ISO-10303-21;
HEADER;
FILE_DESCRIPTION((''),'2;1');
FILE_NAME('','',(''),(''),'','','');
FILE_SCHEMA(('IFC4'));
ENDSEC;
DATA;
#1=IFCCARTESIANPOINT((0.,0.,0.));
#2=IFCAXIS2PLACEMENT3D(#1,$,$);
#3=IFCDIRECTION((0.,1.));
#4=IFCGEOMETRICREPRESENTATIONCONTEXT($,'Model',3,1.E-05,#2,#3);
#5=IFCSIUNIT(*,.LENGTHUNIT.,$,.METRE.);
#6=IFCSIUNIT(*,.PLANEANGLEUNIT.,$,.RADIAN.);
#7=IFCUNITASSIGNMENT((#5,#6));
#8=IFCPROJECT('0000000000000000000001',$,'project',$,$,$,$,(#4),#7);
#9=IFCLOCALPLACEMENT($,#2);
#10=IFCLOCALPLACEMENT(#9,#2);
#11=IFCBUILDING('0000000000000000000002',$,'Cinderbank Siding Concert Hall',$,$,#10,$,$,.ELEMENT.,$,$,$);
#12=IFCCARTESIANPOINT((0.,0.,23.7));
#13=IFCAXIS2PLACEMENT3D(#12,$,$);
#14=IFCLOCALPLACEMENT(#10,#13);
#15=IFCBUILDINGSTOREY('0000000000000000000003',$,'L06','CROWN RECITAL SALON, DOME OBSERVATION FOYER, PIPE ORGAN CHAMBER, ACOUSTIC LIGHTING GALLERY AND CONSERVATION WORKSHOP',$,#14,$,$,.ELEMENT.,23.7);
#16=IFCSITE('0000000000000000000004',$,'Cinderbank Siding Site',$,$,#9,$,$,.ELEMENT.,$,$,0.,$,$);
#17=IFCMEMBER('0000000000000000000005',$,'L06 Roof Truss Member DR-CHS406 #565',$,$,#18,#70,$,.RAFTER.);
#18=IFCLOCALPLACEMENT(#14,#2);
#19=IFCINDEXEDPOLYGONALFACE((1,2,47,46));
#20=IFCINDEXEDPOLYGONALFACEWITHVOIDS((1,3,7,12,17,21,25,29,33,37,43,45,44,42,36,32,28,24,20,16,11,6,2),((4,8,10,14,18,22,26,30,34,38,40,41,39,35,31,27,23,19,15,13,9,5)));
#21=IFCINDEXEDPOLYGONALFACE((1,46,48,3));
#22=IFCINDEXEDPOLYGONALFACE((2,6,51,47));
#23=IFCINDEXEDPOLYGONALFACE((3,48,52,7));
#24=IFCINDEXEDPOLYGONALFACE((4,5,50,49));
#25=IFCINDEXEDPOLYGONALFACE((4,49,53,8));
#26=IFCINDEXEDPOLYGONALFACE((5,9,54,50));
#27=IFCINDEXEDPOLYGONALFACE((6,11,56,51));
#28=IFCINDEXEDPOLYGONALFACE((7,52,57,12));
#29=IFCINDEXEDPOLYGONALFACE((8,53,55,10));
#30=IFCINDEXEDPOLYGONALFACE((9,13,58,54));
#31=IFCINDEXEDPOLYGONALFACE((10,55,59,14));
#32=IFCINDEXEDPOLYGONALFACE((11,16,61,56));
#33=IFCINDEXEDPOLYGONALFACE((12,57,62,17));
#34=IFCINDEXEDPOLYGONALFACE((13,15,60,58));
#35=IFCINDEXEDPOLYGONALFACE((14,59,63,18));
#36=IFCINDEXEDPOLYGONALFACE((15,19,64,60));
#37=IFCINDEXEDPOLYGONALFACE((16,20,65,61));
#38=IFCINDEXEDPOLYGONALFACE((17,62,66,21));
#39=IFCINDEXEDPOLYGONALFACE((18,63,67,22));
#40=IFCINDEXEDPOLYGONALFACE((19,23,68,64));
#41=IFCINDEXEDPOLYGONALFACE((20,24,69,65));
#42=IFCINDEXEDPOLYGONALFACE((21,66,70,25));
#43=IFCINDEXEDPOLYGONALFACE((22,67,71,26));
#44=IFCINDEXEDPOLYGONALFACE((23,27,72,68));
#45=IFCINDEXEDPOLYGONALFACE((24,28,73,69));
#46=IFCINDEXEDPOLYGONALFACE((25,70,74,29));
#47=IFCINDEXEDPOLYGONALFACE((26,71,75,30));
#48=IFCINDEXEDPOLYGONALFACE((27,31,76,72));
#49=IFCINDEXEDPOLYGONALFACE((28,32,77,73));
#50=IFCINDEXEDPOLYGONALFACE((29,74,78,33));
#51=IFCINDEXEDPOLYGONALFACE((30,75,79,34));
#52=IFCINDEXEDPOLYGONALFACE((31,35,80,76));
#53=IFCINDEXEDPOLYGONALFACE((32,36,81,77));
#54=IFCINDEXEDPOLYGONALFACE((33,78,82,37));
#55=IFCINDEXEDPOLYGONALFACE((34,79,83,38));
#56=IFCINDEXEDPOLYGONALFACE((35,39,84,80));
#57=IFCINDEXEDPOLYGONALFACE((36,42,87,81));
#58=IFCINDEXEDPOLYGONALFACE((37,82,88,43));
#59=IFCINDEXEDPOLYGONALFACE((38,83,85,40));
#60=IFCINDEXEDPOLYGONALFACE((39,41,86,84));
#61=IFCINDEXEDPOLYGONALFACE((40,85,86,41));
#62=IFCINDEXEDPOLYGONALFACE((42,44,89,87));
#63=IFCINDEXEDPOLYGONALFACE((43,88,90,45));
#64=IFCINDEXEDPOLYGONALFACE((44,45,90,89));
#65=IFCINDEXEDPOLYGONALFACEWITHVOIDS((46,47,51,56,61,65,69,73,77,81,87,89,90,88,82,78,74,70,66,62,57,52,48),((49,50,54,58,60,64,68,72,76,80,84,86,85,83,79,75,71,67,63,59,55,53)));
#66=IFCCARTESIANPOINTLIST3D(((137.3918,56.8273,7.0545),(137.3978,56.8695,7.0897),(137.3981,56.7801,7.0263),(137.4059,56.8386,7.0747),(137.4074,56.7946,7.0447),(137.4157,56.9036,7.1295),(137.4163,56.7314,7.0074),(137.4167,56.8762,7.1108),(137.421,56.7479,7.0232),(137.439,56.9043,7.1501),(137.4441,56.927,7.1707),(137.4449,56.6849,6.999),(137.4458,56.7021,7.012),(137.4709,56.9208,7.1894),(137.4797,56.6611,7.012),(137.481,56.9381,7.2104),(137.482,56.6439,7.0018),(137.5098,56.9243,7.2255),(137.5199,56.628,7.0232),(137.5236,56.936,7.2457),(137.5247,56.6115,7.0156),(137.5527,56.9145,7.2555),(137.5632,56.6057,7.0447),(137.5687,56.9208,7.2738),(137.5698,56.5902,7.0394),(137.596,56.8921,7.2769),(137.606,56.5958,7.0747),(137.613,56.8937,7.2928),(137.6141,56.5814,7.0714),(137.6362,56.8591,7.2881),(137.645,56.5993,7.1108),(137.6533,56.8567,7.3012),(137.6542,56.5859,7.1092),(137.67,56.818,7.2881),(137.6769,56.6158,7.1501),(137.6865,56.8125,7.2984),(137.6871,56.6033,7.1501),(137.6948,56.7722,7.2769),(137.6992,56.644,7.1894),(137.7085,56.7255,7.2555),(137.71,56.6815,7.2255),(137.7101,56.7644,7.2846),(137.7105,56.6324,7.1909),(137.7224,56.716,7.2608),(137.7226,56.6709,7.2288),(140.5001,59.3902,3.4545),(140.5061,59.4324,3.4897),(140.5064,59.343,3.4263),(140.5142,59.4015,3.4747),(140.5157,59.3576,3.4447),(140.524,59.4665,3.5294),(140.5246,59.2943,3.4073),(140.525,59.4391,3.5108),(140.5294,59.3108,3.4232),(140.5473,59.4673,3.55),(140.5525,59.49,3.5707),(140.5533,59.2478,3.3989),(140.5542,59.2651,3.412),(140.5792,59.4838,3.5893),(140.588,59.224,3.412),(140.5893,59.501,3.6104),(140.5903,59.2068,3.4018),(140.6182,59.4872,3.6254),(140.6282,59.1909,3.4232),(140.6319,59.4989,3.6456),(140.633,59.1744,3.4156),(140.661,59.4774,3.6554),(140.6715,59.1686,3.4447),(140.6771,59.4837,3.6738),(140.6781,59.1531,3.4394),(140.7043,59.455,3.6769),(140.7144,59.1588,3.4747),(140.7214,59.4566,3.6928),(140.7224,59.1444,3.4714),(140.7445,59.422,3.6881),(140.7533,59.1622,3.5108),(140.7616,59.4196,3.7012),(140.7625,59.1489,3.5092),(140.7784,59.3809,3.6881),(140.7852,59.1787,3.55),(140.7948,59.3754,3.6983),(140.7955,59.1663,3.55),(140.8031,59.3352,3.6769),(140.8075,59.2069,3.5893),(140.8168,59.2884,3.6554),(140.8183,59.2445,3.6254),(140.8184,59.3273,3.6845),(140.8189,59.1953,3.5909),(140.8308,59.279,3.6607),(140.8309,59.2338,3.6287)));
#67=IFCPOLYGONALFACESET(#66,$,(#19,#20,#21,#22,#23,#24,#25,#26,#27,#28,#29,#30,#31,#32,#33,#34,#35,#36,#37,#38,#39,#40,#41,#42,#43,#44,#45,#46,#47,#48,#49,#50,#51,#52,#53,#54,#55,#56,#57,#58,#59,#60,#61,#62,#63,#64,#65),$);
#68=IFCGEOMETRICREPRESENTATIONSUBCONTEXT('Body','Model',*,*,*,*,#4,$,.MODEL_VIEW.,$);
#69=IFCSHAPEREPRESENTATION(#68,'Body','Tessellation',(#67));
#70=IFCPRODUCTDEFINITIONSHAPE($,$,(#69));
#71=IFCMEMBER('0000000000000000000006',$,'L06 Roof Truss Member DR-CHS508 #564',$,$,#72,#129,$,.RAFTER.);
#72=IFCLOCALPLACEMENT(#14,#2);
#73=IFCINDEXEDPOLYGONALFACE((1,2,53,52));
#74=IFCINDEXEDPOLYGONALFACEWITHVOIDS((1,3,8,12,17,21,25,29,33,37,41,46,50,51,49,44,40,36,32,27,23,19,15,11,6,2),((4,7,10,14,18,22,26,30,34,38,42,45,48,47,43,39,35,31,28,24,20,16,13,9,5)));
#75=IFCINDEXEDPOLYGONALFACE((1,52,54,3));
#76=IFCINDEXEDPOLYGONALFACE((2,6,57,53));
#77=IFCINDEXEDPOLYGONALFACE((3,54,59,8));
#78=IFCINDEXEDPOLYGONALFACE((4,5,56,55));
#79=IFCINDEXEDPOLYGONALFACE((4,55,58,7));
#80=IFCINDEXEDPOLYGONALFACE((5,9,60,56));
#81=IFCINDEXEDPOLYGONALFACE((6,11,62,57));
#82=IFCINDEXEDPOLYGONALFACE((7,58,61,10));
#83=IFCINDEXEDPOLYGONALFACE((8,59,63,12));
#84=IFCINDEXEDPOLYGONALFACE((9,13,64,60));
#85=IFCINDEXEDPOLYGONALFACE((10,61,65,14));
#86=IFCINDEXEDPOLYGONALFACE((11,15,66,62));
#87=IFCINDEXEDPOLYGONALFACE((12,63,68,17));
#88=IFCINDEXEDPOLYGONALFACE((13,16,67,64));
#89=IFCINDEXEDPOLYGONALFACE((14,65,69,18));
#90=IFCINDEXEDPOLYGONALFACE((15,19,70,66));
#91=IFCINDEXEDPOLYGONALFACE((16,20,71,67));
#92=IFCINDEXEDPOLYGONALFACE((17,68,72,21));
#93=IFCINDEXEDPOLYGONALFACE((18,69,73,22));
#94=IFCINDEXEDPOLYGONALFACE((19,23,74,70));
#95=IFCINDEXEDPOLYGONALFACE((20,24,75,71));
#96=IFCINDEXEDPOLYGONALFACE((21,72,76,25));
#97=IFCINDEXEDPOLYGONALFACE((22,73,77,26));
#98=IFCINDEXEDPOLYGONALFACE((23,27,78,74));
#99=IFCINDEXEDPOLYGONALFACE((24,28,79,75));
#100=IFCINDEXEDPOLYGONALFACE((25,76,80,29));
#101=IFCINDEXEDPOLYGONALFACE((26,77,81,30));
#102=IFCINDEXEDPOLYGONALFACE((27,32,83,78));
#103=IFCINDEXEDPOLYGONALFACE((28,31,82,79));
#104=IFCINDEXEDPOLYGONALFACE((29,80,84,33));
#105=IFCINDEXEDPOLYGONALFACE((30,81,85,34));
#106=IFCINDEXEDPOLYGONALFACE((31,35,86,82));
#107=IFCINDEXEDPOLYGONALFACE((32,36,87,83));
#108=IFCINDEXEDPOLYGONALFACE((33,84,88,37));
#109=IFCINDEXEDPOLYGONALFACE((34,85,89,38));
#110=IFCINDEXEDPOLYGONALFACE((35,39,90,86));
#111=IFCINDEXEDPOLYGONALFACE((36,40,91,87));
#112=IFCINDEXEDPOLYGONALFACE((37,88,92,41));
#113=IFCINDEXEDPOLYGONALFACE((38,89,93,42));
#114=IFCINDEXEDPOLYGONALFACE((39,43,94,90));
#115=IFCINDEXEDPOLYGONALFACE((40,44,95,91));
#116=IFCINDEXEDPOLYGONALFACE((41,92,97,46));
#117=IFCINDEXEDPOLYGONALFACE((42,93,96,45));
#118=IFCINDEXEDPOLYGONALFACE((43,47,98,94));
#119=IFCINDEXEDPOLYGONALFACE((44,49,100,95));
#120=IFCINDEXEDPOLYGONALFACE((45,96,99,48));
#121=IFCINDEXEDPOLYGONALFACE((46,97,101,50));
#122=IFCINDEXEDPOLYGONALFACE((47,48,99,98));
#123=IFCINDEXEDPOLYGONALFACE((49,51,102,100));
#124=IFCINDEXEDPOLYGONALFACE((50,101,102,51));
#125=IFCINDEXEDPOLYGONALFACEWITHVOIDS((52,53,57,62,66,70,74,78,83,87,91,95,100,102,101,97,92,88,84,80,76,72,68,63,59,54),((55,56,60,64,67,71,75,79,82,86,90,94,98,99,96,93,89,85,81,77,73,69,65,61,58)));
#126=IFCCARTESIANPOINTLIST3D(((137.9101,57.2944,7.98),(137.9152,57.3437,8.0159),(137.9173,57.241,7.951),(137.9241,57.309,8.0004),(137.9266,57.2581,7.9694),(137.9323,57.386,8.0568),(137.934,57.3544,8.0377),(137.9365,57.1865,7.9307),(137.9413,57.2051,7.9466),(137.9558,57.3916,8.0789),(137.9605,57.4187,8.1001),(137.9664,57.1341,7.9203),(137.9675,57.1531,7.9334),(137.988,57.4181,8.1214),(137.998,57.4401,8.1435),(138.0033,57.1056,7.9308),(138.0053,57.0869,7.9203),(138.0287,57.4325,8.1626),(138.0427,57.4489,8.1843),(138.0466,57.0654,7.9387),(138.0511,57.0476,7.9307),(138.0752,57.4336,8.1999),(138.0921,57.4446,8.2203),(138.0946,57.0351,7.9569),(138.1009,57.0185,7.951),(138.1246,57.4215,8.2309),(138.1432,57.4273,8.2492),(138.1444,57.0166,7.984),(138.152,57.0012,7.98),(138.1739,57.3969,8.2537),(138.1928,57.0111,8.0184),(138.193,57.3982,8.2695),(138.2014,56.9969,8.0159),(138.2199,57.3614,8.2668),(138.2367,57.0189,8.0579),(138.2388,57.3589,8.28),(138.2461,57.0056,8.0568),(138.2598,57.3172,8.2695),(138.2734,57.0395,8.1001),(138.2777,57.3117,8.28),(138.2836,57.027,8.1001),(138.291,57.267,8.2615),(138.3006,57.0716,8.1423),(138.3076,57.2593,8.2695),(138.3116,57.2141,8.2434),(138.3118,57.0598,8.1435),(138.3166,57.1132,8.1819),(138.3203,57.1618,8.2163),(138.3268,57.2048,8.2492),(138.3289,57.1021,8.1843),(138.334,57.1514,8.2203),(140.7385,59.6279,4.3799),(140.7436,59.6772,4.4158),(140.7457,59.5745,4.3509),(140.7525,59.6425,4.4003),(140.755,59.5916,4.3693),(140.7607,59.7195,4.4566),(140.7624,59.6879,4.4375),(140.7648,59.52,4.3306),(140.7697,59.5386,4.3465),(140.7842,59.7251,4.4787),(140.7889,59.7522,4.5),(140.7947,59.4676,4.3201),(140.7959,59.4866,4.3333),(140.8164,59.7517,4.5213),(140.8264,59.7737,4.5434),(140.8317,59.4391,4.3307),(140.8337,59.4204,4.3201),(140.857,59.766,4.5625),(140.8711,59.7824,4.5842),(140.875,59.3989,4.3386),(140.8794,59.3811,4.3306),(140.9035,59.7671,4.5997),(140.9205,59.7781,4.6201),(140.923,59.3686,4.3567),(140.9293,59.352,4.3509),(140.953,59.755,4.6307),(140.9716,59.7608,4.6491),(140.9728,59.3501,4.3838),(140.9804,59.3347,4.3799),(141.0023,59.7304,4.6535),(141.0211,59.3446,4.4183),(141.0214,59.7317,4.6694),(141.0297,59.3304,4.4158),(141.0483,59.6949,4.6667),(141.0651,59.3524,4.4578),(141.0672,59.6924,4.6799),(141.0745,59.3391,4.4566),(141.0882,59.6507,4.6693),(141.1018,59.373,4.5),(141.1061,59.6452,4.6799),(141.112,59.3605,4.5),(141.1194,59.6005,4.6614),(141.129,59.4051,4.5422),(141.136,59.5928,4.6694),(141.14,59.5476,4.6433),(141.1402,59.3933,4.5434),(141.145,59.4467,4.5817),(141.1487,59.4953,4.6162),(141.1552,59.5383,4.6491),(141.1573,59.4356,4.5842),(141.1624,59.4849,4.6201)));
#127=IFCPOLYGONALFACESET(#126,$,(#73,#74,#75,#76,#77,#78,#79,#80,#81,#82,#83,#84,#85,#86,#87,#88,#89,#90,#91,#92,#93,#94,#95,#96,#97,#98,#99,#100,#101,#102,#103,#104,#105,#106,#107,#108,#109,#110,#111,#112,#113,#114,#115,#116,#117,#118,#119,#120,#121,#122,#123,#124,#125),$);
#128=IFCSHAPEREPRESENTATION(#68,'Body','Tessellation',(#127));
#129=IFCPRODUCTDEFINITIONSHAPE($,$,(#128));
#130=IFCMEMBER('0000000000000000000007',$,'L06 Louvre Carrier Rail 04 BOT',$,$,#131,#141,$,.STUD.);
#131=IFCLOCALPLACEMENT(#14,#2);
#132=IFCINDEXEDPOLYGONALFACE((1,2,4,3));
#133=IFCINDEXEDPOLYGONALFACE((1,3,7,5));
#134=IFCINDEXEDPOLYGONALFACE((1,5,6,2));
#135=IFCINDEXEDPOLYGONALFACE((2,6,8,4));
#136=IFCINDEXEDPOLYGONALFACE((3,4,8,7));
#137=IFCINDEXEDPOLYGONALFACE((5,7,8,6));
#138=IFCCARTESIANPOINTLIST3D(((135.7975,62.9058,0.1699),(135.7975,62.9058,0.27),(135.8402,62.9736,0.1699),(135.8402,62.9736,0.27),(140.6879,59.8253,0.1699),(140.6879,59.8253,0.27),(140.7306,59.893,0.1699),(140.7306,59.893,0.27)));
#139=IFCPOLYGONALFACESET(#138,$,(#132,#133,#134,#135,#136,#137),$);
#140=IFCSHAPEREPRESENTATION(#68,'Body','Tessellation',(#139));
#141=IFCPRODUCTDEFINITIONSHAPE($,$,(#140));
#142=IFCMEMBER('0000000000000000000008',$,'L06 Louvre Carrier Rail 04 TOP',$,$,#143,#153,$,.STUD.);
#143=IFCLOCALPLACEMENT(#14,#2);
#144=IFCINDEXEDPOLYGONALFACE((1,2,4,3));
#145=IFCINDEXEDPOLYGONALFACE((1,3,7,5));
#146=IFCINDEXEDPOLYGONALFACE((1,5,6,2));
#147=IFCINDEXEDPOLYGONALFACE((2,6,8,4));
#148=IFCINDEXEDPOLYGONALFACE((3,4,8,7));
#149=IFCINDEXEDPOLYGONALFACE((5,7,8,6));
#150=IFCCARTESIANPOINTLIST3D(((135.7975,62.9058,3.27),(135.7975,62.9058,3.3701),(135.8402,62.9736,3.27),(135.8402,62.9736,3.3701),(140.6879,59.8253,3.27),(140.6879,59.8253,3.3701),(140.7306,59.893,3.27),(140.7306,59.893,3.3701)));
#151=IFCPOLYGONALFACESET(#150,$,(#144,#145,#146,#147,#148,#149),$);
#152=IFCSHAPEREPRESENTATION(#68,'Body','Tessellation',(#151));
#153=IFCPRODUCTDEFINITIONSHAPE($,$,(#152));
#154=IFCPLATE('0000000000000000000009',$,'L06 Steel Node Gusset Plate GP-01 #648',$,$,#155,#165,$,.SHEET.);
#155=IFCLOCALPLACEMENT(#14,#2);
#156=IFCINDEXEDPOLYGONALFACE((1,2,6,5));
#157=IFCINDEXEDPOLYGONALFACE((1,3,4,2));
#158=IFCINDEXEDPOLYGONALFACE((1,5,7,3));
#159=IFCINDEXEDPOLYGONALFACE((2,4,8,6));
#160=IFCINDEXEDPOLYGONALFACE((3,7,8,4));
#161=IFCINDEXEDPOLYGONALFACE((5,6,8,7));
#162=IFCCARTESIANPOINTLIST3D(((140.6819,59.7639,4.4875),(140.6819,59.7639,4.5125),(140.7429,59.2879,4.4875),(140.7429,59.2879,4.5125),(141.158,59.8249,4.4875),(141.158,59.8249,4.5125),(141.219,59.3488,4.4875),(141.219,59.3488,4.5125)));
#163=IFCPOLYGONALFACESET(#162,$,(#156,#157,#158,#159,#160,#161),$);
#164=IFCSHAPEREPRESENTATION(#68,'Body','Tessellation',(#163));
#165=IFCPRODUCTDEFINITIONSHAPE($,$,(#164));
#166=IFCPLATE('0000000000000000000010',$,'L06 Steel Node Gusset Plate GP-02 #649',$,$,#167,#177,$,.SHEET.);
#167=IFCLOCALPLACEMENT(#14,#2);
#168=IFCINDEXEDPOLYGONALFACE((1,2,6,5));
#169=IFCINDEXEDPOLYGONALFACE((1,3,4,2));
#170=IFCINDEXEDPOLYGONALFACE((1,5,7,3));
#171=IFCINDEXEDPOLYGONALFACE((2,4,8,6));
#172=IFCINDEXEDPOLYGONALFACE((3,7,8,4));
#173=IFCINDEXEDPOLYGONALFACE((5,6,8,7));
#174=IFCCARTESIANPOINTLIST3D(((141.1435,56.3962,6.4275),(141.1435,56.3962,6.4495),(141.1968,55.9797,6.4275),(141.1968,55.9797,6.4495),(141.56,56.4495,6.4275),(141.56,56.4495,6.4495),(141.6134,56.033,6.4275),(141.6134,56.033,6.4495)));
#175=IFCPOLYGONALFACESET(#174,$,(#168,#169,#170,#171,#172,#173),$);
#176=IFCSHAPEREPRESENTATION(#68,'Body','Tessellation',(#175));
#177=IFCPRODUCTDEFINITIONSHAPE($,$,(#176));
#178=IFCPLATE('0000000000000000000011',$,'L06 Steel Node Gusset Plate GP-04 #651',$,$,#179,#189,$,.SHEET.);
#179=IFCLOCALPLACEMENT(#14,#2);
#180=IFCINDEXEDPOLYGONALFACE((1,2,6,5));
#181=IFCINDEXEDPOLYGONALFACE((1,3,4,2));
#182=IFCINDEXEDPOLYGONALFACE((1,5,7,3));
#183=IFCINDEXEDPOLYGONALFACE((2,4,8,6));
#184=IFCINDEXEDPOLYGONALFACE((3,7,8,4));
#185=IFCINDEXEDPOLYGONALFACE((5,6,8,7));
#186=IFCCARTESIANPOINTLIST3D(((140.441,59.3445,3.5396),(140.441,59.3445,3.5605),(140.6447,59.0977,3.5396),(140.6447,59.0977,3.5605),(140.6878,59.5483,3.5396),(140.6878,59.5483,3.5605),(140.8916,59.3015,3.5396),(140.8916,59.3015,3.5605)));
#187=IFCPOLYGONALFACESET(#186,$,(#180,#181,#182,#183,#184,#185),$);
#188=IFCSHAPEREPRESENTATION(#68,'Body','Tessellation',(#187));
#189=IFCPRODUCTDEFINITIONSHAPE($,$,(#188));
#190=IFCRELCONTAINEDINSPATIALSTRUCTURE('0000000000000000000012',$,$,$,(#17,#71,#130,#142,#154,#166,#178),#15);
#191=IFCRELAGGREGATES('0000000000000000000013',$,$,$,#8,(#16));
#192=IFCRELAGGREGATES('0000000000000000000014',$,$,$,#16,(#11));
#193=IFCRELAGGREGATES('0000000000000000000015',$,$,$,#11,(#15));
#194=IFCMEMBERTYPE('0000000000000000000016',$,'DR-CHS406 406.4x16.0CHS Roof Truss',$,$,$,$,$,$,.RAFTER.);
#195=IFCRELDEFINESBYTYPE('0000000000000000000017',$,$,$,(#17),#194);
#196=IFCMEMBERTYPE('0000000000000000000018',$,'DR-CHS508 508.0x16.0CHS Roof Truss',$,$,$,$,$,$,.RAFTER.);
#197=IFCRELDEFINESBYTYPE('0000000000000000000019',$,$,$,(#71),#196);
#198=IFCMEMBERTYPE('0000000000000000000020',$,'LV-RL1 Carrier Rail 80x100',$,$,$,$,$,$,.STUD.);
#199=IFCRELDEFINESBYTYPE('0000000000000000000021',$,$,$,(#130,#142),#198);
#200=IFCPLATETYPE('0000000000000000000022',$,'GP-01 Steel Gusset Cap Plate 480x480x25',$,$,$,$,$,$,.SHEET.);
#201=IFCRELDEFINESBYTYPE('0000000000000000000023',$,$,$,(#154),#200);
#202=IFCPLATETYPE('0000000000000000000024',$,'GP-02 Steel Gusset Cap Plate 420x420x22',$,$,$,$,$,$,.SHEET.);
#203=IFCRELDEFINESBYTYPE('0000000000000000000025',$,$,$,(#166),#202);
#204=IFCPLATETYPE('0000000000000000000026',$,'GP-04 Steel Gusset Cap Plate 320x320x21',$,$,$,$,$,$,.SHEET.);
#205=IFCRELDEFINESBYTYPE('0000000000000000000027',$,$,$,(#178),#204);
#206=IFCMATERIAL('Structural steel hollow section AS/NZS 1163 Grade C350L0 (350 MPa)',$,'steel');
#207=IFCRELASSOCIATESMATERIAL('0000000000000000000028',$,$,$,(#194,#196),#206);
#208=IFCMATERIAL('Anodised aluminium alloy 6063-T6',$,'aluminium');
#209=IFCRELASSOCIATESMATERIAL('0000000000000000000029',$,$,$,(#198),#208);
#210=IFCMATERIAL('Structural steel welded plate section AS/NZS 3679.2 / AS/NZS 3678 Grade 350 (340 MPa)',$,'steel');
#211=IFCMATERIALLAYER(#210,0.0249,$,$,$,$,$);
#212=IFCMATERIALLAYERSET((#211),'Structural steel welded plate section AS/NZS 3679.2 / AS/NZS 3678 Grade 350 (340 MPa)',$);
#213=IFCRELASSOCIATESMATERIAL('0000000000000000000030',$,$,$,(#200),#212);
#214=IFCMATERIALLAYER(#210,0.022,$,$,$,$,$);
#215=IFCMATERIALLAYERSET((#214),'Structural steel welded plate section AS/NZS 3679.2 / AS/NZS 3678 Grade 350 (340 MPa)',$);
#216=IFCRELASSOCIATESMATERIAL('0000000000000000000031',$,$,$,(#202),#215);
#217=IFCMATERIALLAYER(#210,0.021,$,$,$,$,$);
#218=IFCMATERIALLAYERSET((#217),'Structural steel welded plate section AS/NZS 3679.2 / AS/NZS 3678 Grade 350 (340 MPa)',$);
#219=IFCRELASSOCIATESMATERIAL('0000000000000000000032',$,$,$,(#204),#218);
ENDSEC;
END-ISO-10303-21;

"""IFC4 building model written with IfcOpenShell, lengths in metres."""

from ifc_helpers import new_model, si_unit, direction, frame, origin, origin_2d, place, context, subcontext, project, spatial, rectangle, hollow_circle, extrude, material, layer, layer_set, material_profile, profile_set, type_object, element, save


model = new_model("IFC4")

# Units and contexts
model_context = context("Model", 3, precision=1e-05, world=origin(), true_north=direction((0.0, 1.0)))
body_context = subcontext(model_context, "Body", "Model", "MODEL_VIEW")
ifc_project = project(units=[si_unit("LENGTHUNIT", "METRE"), si_unit("PLANEANGLEUNIT", "RADIAN")], contexts=[model_context])

# Site, building, storey
site_placement = place(None, origin())
site = spatial("IfcSite", under=ifc_project, at=site_placement, Name="Cinderbank Siding Site", CompositionType="ELEMENT", RefElevation=0.0)
building_placement = place(site_placement, origin())
building = spatial("IfcBuilding", under=site, at=building_placement, Name="Cinderbank Siding Concert Hall", CompositionType="ELEMENT")
storey_placement = place(building_placement, frame((0.0, 0.0, 23.7)))
storey = spatial("IfcBuildingStorey", under=building, at=storey_placement, Name="L06", Description="CROWN RECITAL SALON, DOME OBSERVATION FOYER, PIPE ORGAN CHAMBER, ACOUSTIC LIGHTING GALLERY AND CONSERVATION WORKSHOP", CompositionType="ELEMENT", Elevation=23.7)

# Members
ifc_material_1 = material(Name="Structural steel hollow section AS/NZS 1163 Grade C350L0 (350 MPa)", Category="steel")
ifc_material_profile_1 = material_profile(ifc_material_1, hollow_circle(Radius=0.2031, WallThickness=0.0161, at=origin_2d()), Name="406.4x16.0CHS", Category="LoadBearing")
ifc_profile_set_1 = profile_set([ifc_material_profile_1], Name="Structural steel hollow section AS/NZS 1163 Grade C350L0 (350 MPa)")
member_type_1 = type_object("IfcMemberType", Name="DR-CHS406 406.4x16.0CHS Roof Truss", PredefinedType="RAFTER", material=ifc_profile_set_1)
member_1_placement = place(storey_placement, frame((140.6663, 59.323, 3.55), z_axis=(-0.575316, -0.474369, 0.666322), x_axis=(0.63617, -0.771549, 0.0)))
element("IfcMember", 1, at=member_1_placement, inside=storey, type_object=member_type_1, Name="L06 Roof Truss Member DR-CHS406 #565", PredefinedType="RAFTER", context=body_context, shape_type="SweptSolid", body=[
    extrude(hollow_circle(Radius=0.2031, WallThickness=0.0161, at=origin_2d()), origin(), (0.0, 0.0, 1.0), 5.4028),
])
ifc_material_profile_2 = material_profile(ifc_material_1, hollow_circle(Radius=0.2539, WallThickness=0.0161, at=origin_2d()), Name="508.0x16.0CHS", Category="LoadBearing")
ifc_profile_set_2 = profile_set([ifc_material_profile_2], Name="Structural steel hollow section AS/NZS 1163 Grade C350L0 (350 MPa)")
member_type_2 = type_object("IfcMemberType", Name="DR-CHS508 508.0x16.0CHS Roof Truss", PredefinedType="RAFTER", material=ifc_profile_set_2)
member_2_placement = place(storey_placement, frame((140.9504, 59.5564, 4.5), z_axis=(-0.550412, -0.454108, 0.700594), x_axis=(0.636398, -0.771361, 0.0)))
element("IfcMember", 2, at=member_2_placement, inside=storey, type_object=member_type_2, Name="L06 Roof Truss Member DR-CHS508 #564", PredefinedType="RAFTER", context=body_context, shape_type="SweptSolid", body=[
    extrude(hollow_circle(Radius=0.2539, WallThickness=0.0161, at=origin_2d()), origin(), (0.0, 0.0, 1.0), 5.1387),
])
ifc_material_2 = material(Name="Anodised aluminium alloy 6063-T6", Category="aluminium")
ifc_material_profile_3 = material_profile(ifc_material_2, rectangle(XDim=0.0801, YDim=0.1001, at=origin_2d()), Name="ALU-RAIL-80x100", Category="LoadBearing")
ifc_profile_set_3 = profile_set([ifc_material_profile_3], Name="Anodised aluminium alloy 6063-T6")
member_type_3 = type_object("IfcMemberType", Name="LV-RL1 Carrier Rail 80x100", PredefinedType="STUD", material=ifc_profile_set_3)
for number, where, z_axis, x_axis, name in (
    (3, (140.7092, 59.8591, 0.22), (-0.846121, 0.532991, 0.0), (-0.532991, -0.846121, 0.0), "L06 Louvre Carrier Rail 04 BOT"),
    (4, (140.7092, 59.8591, 3.3201), (-0.846121, 0.532991, 0.0), (-0.532991, -0.846121, 0.0), "L06 Louvre Carrier Rail 04 TOP"),
):
    element("IfcMember", number, at=place(storey_placement, frame(where, z_axis=z_axis, x_axis=x_axis)), inside=storey, type_object=member_type_3, Name=name, PredefinedType="STUD", context=body_context, shape_type="SweptSolid", body=[
        extrude(rectangle(XDim=0.0801, YDim=0.1001, at=origin_2d()), origin(), (0.0, 0.0, 1.0), 5.7798),
    ])

# Plates
ifc_material_3 = material(Name="Structural steel welded plate section AS/NZS 3679.2 / AS/NZS 3678 Grade 350 (340 MPa)", Category="steel")
ifc_layer_1 = layer(ifc_material_3, 0.0249)
ifc_layer_set_1 = layer_set([ifc_layer_1], Name="Structural steel welded plate section AS/NZS 3679.2 / AS/NZS 3678 Grade 350 (340 MPa)")
plate_type_1 = type_object("IfcPlateType", Name="GP-01 Steel Gusset Cap Plate 480x480x25", PredefinedType="SHEET", material=ifc_layer_set_1)
plate_1_placement = place(storey_placement, frame((140.9504, 59.5564, 4.4875), z_axis=(0.0, 0.0, 1.0), x_axis=(0.127065, -0.991894, 0.0)))
element("IfcPlate", 5, at=plate_1_placement, inside=storey, type_object=plate_type_1, Name="L06 Steel Node Gusset Plate GP-01 #648", PredefinedType="SHEET", context=body_context, shape_type="SweptSolid", body=[
    extrude(rectangle(XDim=0.48, YDim=0.48, at=origin_2d()), origin(), (0.0, 0.0, 1.0), 0.0249),
])
ifc_layer_2 = layer(ifc_material_3, 0.022)
ifc_layer_set_2 = layer_set([ifc_layer_2], Name="Structural steel welded plate section AS/NZS 3679.2 / AS/NZS 3678 Grade 350 (340 MPa)")
plate_type_2 = type_object("IfcPlateType", Name="GP-02 Steel Gusset Cap Plate 420x420x22", PredefinedType="SHEET", material=ifc_layer_set_2)
plate_2_placement = place(storey_placement, frame((141.3784, 56.2146, 6.4275), z_axis=(0.0, 0.0, 1.0), x_axis=(0.127065, -0.991894, 0.0)))
element("IfcPlate", 6, at=plate_2_placement, inside=storey, type_object=plate_type_2, Name="L06 Steel Node Gusset Plate GP-02 #649", PredefinedType="SHEET", context=body_context, shape_type="SweptSolid", body=[
    extrude(rectangle(XDim=0.4199, YDim=0.4199, at=origin_2d()), origin(), (0.0, 0.0, 1.0), 0.022),
])
ifc_layer_3 = layer(ifc_material_3, 0.021)
ifc_layer_set_3 = layer_set([ifc_layer_3], Name="Structural steel welded plate section AS/NZS 3679.2 / AS/NZS 3678 Grade 350 (340 MPa)")
plate_type_3 = type_object("IfcPlateType", Name="GP-04 Steel Gusset Cap Plate 320x320x21", PredefinedType="SHEET", material=ifc_layer_set_3)
plate_3_placement = place(storey_placement, frame((140.6663, 59.323, 3.5396), z_axis=(0.0, 0.0, 1.0), x_axis=(-0.77118, -0.636617, 0.0)))
element("IfcPlate", 7, at=plate_3_placement, inside=storey, type_object=plate_type_3, Name="L06 Steel Node Gusset Plate GP-04 #651", PredefinedType="SHEET", context=body_context, shape_type="SweptSolid", body=[
    extrude(rectangle(XDim=0.3201, YDim=0.3201, at=origin_2d()), origin(), (0.0, 0.0, 1.0), 0.021),
])

save(model, "model.ifc")
